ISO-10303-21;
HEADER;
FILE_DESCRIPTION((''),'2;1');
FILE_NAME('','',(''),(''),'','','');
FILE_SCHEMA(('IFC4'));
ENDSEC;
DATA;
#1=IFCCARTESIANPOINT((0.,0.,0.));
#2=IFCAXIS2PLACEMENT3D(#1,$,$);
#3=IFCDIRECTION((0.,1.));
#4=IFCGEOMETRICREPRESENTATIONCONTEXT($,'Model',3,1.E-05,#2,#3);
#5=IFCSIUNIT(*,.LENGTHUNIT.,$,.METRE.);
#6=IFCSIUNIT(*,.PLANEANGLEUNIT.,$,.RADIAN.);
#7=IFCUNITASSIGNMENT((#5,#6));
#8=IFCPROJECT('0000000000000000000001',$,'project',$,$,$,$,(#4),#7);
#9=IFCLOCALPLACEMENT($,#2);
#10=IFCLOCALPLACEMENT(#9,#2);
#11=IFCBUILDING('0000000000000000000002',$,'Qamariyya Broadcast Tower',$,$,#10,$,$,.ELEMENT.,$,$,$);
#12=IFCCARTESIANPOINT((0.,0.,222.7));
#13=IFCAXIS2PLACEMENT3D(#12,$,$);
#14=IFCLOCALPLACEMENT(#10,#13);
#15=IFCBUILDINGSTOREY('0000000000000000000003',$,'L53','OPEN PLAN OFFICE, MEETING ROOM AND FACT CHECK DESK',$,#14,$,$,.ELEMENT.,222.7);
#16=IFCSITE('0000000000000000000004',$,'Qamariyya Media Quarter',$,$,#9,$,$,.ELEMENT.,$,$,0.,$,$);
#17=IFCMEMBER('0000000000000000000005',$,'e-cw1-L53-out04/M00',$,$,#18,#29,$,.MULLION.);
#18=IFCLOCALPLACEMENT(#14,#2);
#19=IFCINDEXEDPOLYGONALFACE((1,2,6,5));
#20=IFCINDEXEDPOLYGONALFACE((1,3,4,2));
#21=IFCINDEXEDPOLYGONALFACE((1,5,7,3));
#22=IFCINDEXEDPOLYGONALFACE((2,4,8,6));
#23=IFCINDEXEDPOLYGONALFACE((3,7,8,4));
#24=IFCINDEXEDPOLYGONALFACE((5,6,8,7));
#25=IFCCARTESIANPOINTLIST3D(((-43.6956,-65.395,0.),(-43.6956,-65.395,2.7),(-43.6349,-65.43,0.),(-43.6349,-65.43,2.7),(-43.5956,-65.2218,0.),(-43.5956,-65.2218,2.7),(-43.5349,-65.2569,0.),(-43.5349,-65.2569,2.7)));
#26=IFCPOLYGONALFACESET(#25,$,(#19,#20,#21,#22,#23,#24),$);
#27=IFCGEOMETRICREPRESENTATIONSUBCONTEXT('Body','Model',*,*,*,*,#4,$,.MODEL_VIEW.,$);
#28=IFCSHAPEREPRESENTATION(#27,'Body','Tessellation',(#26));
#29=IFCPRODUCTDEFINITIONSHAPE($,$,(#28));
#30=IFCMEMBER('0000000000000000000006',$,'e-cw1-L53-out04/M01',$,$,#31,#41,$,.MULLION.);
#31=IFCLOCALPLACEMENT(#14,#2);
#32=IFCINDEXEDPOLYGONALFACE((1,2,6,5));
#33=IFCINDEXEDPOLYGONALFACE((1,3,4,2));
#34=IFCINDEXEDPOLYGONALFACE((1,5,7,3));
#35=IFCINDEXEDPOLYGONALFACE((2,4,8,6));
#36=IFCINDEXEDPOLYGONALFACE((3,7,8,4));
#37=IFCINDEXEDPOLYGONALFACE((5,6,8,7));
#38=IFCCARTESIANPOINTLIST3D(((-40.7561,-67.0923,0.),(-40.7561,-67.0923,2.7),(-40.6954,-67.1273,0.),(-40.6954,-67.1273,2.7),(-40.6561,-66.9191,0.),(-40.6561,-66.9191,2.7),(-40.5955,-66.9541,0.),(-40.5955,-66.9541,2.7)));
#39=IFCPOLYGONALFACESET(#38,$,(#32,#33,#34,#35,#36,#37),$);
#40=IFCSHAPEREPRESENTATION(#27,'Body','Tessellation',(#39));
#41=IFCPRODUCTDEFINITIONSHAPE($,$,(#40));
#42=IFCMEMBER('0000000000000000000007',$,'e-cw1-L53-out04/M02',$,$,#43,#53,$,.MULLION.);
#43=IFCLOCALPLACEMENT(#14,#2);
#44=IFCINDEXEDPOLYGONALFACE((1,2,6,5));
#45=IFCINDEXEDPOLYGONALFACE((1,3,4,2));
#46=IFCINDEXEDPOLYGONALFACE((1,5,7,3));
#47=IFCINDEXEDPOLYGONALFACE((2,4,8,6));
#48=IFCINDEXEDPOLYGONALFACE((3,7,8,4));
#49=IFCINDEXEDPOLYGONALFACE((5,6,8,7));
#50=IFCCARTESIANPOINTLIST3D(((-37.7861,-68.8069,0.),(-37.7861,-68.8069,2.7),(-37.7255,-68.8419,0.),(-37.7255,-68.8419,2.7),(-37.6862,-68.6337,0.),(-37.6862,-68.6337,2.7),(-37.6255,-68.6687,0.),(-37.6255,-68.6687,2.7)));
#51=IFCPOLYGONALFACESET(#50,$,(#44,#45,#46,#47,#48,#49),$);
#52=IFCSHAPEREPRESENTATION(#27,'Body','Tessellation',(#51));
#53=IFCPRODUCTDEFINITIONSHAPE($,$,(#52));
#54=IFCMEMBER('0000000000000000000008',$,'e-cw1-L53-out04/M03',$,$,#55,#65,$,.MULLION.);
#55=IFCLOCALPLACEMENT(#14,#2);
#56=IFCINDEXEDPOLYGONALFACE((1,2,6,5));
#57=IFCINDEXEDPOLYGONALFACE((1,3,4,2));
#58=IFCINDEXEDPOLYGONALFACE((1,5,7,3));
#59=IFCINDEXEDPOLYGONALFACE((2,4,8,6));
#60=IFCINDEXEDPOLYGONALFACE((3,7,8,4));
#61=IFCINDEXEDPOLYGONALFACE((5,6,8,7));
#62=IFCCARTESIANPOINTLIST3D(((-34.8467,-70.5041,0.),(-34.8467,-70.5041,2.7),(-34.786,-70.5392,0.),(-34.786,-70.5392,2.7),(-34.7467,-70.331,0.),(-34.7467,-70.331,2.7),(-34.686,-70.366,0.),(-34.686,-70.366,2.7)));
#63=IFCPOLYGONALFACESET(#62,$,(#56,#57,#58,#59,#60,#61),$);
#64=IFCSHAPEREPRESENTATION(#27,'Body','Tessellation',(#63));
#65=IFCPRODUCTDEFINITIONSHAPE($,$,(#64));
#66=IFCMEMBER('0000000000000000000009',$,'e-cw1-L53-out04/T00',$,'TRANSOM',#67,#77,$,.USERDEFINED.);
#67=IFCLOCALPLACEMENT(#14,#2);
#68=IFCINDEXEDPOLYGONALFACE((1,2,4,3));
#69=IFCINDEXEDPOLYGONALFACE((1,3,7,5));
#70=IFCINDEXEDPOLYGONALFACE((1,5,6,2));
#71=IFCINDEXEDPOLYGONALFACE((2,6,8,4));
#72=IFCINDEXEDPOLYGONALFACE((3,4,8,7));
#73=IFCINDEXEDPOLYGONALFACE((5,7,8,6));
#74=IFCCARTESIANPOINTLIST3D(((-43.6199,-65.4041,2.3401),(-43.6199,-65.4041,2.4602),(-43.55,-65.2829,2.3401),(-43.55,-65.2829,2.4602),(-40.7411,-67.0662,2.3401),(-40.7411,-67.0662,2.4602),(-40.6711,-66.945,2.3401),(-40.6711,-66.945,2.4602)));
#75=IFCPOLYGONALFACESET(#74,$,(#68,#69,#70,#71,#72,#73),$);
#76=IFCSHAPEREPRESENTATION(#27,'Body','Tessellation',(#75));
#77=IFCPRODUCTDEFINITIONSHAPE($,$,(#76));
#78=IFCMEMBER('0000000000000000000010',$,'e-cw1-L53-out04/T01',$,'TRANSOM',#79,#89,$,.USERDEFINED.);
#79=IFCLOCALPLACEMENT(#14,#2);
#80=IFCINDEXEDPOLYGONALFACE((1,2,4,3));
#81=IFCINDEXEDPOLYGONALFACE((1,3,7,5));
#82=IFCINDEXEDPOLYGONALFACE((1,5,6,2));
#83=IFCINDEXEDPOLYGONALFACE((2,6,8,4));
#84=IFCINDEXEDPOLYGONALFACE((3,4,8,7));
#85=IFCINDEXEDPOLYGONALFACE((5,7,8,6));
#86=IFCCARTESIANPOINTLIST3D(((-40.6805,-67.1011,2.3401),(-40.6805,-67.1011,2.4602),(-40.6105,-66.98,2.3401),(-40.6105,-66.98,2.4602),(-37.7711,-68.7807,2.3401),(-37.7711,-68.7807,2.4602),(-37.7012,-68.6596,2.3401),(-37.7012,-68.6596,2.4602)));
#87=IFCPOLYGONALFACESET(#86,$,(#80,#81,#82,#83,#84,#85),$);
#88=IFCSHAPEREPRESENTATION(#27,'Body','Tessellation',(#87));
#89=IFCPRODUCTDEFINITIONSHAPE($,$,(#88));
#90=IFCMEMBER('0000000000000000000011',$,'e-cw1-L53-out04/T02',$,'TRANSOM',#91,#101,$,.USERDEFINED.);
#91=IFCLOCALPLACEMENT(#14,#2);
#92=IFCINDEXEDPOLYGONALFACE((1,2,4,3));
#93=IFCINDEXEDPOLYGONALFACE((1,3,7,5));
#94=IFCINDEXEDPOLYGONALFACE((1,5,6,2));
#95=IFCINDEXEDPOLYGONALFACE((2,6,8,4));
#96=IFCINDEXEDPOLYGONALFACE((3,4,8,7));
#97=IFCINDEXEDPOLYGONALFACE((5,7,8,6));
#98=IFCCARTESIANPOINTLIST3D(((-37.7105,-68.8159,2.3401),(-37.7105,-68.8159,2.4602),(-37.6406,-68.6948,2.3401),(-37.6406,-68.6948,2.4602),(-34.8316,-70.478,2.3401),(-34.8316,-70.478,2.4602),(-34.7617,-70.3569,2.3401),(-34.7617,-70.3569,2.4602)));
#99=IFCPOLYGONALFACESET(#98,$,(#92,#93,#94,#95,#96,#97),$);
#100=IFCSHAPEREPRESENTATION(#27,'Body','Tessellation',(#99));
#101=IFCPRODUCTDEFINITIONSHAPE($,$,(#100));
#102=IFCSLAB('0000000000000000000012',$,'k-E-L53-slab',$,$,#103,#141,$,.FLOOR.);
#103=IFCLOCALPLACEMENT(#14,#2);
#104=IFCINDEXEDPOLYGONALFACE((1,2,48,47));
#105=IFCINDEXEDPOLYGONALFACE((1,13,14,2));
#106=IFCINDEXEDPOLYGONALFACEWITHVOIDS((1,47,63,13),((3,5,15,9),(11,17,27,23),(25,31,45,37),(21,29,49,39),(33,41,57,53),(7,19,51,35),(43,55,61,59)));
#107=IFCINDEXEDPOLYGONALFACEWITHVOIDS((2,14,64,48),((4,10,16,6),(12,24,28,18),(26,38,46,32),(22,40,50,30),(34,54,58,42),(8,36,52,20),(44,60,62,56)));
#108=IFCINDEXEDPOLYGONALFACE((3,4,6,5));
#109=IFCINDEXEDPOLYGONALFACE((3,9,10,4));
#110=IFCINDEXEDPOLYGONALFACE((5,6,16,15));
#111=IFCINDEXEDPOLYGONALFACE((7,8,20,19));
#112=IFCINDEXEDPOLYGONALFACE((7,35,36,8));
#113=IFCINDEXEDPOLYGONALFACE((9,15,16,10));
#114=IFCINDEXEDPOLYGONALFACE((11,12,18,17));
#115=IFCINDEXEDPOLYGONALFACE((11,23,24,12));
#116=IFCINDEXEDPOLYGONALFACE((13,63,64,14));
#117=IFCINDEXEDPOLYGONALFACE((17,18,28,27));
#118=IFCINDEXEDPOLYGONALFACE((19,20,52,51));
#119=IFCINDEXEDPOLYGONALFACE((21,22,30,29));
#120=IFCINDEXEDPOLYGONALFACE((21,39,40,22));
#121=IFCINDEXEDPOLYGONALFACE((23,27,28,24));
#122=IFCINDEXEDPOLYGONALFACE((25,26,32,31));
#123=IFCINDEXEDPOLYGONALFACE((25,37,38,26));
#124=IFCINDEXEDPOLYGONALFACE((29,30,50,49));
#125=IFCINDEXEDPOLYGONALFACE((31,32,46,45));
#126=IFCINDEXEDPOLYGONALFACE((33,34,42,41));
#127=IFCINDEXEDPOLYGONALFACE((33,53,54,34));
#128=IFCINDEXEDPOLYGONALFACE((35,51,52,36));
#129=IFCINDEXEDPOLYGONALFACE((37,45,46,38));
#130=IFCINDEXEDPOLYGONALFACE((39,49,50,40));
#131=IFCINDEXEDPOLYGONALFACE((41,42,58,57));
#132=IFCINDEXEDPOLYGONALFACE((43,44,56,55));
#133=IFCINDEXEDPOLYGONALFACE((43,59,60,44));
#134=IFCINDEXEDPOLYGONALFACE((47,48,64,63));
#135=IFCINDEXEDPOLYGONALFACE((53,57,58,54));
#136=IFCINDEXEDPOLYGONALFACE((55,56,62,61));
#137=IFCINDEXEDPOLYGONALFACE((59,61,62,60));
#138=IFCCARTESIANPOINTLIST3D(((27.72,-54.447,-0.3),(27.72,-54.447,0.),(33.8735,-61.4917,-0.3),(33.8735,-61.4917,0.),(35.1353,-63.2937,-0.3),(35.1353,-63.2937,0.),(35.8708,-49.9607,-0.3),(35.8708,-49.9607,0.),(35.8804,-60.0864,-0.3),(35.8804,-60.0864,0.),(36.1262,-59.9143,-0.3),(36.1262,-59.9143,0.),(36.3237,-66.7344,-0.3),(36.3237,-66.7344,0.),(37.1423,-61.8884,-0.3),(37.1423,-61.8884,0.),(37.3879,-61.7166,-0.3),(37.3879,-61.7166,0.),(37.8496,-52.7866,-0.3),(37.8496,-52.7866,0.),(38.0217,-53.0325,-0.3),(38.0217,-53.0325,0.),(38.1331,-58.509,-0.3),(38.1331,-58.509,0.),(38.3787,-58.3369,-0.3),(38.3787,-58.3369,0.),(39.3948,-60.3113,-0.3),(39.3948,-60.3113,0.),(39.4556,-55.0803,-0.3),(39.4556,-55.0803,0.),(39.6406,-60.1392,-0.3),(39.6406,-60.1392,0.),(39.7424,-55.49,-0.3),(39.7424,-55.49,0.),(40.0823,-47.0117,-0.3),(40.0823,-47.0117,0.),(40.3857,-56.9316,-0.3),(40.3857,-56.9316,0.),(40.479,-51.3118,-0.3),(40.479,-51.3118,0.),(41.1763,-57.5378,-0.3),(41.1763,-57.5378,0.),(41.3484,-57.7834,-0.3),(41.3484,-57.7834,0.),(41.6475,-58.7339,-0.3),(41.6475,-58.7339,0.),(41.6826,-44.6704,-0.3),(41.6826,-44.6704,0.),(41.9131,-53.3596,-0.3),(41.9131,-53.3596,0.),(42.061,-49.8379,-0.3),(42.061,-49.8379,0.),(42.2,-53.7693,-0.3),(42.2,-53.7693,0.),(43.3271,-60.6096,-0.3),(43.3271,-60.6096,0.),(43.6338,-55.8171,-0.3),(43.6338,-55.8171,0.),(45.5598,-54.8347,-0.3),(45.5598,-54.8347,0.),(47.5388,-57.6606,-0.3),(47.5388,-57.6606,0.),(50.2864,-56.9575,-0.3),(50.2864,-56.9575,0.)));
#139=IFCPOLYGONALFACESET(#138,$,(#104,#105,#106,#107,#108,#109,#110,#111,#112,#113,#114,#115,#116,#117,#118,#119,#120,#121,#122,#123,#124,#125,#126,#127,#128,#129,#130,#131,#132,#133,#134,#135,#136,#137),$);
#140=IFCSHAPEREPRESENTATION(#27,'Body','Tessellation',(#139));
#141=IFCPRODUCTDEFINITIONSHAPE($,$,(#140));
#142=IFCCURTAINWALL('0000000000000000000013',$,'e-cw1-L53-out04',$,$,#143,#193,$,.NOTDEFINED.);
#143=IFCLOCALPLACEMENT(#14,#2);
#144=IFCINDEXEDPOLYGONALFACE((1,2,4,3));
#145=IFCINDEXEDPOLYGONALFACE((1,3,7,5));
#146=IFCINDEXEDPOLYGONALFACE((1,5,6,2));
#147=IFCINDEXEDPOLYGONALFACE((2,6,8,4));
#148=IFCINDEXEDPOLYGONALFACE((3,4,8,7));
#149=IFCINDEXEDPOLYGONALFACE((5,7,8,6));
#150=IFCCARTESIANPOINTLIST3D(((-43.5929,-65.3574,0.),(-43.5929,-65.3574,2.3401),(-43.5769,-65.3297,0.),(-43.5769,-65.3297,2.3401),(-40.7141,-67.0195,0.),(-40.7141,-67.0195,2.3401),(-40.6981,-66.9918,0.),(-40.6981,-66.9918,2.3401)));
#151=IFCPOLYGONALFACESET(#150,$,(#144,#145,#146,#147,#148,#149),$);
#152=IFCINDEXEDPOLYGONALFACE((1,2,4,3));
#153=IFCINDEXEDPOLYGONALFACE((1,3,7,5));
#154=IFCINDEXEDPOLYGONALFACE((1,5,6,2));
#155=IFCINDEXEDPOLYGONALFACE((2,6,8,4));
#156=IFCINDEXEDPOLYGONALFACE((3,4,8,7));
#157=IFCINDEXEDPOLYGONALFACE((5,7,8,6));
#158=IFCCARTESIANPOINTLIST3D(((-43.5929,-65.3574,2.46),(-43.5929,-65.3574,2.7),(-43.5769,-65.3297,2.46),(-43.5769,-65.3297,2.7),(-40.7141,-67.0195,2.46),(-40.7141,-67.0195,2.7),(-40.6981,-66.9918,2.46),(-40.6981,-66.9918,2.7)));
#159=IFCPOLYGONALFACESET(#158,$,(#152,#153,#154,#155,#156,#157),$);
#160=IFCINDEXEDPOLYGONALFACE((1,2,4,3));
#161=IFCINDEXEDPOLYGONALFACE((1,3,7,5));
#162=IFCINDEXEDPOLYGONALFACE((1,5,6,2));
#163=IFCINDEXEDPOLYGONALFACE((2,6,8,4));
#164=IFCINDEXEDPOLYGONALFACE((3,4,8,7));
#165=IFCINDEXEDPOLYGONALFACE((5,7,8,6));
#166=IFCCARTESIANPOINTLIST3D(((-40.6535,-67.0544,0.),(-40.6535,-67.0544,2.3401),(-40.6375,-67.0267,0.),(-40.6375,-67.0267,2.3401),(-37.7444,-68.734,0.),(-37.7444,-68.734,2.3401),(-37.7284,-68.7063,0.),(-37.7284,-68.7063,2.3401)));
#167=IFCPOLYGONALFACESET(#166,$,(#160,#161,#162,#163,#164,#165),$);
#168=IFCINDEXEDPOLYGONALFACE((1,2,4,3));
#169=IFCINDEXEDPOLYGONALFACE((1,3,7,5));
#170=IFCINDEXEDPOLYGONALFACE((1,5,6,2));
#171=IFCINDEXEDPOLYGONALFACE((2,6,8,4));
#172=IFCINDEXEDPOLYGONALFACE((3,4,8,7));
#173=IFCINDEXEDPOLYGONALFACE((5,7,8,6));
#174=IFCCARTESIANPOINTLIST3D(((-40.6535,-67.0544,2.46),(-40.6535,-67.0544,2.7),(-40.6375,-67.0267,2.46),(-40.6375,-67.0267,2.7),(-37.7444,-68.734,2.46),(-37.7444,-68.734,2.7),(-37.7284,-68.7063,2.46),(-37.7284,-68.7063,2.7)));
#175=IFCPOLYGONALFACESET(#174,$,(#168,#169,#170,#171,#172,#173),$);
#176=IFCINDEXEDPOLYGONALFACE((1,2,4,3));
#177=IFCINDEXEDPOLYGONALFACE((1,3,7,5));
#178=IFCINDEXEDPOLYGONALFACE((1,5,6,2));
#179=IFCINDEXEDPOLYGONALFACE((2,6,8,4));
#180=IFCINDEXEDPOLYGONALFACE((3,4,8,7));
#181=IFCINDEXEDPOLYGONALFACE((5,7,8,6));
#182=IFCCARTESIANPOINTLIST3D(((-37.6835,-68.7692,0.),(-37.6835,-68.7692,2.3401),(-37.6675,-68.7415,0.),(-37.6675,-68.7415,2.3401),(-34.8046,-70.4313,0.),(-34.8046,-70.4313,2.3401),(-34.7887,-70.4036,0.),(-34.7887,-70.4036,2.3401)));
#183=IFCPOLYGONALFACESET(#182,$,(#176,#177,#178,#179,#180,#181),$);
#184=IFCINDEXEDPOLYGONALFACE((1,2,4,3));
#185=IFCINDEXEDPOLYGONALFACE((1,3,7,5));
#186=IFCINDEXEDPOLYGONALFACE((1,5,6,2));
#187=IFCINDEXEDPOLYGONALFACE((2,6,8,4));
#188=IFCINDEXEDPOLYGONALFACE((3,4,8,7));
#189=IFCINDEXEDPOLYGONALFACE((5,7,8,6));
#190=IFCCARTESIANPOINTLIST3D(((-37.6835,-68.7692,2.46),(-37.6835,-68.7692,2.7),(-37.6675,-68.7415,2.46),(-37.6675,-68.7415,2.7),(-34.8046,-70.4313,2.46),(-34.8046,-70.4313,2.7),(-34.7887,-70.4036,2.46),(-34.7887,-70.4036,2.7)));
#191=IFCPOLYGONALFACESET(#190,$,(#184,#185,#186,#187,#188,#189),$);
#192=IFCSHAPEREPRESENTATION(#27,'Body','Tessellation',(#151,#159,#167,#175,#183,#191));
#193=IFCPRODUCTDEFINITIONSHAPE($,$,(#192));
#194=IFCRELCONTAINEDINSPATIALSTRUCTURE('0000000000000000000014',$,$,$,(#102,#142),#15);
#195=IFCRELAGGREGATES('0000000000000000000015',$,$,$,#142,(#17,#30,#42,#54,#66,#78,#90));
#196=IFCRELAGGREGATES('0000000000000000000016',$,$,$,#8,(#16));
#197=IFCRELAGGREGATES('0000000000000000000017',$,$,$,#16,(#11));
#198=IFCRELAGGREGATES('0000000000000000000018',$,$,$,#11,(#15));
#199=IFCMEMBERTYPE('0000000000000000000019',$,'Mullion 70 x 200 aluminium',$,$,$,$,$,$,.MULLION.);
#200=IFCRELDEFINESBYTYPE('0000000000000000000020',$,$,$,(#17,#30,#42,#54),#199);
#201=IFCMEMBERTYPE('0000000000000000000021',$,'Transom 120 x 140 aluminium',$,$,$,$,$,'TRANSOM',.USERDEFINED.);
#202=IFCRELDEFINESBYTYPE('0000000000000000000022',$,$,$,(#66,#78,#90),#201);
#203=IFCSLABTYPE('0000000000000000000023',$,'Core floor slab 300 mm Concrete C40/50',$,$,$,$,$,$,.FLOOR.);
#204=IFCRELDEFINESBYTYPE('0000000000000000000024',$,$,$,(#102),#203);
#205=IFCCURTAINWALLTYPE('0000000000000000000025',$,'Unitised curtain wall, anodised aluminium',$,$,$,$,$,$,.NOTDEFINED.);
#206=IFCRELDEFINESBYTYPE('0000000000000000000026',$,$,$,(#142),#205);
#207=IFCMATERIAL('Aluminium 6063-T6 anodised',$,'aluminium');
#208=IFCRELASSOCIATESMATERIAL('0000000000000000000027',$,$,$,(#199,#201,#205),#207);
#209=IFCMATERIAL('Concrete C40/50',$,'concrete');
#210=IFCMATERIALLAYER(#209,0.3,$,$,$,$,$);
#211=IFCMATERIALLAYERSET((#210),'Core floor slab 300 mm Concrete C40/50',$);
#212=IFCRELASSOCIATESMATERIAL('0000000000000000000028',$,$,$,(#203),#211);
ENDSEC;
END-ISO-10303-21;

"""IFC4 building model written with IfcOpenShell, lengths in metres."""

from ifc_helpers import new_model, si_unit, direction, frame, origin, origin_2d, place, context, subcontext, project, spatial, polyline, rectangle, outline, extrude, material, layer, layer_set, material_profile, profile_set, type_object, element, aggregate, save


model = new_model("IFC4")

# Units and contexts
model_context = context("Model", 3, precision=1e-05, world=origin(), true_north=direction((0.0, 1.0)))
body_context = subcontext(model_context, "Body", "Model", "MODEL_VIEW")
ifc_project = project(units=[si_unit("LENGTHUNIT", "METRE"), si_unit("PLANEANGLEUNIT", "RADIAN")], contexts=[model_context])

# Members
ifc_material_1 = material(Name="Aluminium 6063-T6 anodised", Category="aluminium")
ifc_material_profile_1 = material_profile(ifc_material_1, rectangle(XDim=0.2, YDim=0.0701, at=origin_2d()))
ifc_profile_set_1 = profile_set([ifc_material_profile_1], Name="Aluminium 6063-T6 anodised")
member_type_1 = type_object("IfcMemberType", Name="Mullion 70 x 200 aluminium", PredefinedType="MULLION", material=ifc_profile_set_1)
site_placement = place(None, origin())
building_placement = place(site_placement, origin())
storey_placement = place(building_placement, frame((0.0, 0.0, 222.7)))
member_1_placement = place(storey_placement, frame((-43.6152, -65.3259, 0.0), z_axis=(0.0, 0.0, 1.0), x_axis=(0.5, 0.866025, 0.0)))
member_1 = element("IfcMember", 1, at=member_1_placement, type_object=member_type_1, Name="e-cw1-L53-out04/M00", PredefinedType="MULLION", context=body_context, shape_type="SweptSolid", body=[
    extrude(rectangle(XDim=0.2, YDim=0.0701, at=origin_2d()), origin(), (0.0, 0.0, 1.0), 2.7),
])
member_2_placement = place(storey_placement, frame((-40.6758, -67.0232, 0.0), z_axis=(0.0, 0.0, 1.0), x_axis=(0.5, 0.866025, 0.0)))
member_2 = element("IfcMember", 2, at=member_2_placement, type_object=member_type_1, Name="e-cw1-L53-out04/M01", PredefinedType="MULLION", context=body_context, shape_type="SweptSolid", body=[
    extrude(rectangle(XDim=0.2, YDim=0.0701, at=origin_2d()), origin(), (0.0, 0.0, 1.0), 2.7),
])
member_3_placement = place(storey_placement, frame((-37.7058, -68.7378, 0.0), z_axis=(0.0, 0.0, 1.0), x_axis=(0.5, 0.866025, 0.0)))
member_3 = element("IfcMember", 3, at=member_3_placement, type_object=member_type_1, Name="e-cw1-L53-out04/M02", PredefinedType="MULLION", context=body_context, shape_type="SweptSolid", body=[
    extrude(rectangle(XDim=0.2, YDim=0.0701, at=origin_2d()), origin(), (0.0, 0.0, 1.0), 2.7),
])
member_4_placement = place(storey_placement, frame((-34.7664, -70.4351, 0.0), z_axis=(0.0, 0.0, 1.0), x_axis=(0.5, 0.866025, 0.0)))
member_4 = element("IfcMember", 4, at=member_4_placement, type_object=member_type_1, Name="e-cw1-L53-out04/M03", PredefinedType="MULLION", context=body_context, shape_type="SweptSolid", body=[
    extrude(rectangle(XDim=0.2, YDim=0.0701, at=origin_2d()), origin(), (0.0, 0.0, 1.0), 2.7),
])
ifc_material_profile_2 = material_profile(ifc_material_1, rectangle(XDim=0.1399, YDim=0.1201, at=origin_2d()))
ifc_profile_set_2 = profile_set([ifc_material_profile_2], Name="Aluminium 6063-T6 anodised")
member_type_2 = type_object("IfcMemberType", Name="Transom 120 x 140 aluminium", ElementType="TRANSOM", PredefinedType="USERDEFINED", material=ifc_profile_set_2)
member_5_placement = place(storey_placement, frame((-43.585, -65.3435, 2.4001), z_axis=(0.866029, -0.499994, 0.0), x_axis=(0.499994, 0.866029, 0.0)))
member_5 = element("IfcMember", 5, at=member_5_placement, type_object=member_type_2, Name="e-cw1-L53-out04/T00", ObjectType="TRANSOM", PredefinedType="USERDEFINED", context=body_context, shape_type="SweptSolid", body=[
    extrude(rectangle(XDim=0.1399, YDim=0.1201, at=origin_2d()), origin(), (0.0, 0.0, 1.0), 3.3242),
])
member_6_placement = place(storey_placement, frame((-40.6455, -67.0405, 2.4001), z_axis=(0.866034, -0.499985, 0.0), x_axis=(0.499985, 0.866034, 0.0)))
member_6 = element("IfcMember", 6, at=member_6_placement, type_object=member_type_2, Name="e-cw1-L53-out04/T01", ObjectType="TRANSOM", PredefinedType="USERDEFINED", context=body_context, shape_type="SweptSolid", body=[
    extrude(rectangle(XDim=0.1399, YDim=0.1201, at=origin_2d()), origin(), (0.0, 0.0, 1.0), 3.3594),
])
member_7_placement = place(storey_placement, frame((-37.6755, -68.7554, 2.4001), z_axis=(0.866029, -0.499994, 0.0), x_axis=(0.499994, 0.866029, 0.0)))
member_7 = element("IfcMember", 7, at=member_7_placement, type_object=member_type_2, Name="e-cw1-L53-out04/T02", ObjectType="TRANSOM", PredefinedType="USERDEFINED", context=body_context, shape_type="SweptSolid", body=[
    extrude(rectangle(XDim=0.1399, YDim=0.1201, at=origin_2d()), origin(), (0.0, 0.0, 1.0), 3.3242),
])

# Site, building, storey
site = spatial("IfcSite", under=ifc_project, at=site_placement, Name="Qamariyya Media Quarter", CompositionType="ELEMENT", RefElevation=0.0)
building = spatial("IfcBuilding", under=site, at=building_placement, Name="Qamariyya Broadcast Tower", CompositionType="ELEMENT")
storey = spatial("IfcBuildingStorey", under=building, at=storey_placement, Name="L53", Description="OPEN PLAN OFFICE, MEETING ROOM AND FACT CHECK DESK", CompositionType="ELEMENT", Elevation=222.7)

# Slab
ifc_material_2 = material(Name="Concrete C40/50", Category="concrete")
ifc_layer_1 = layer(ifc_material_2, 0.3)
ifc_layer_set_1 = layer_set([ifc_layer_1], Name="Core floor slab 300 mm Concrete C40/50")
slab_type_1 = type_object("IfcSlabType", Name="Core floor slab 300 mm Concrete C40/50", PredefinedType="FLOOR", material=ifc_layer_set_1)
slab_1_placement = place(storey_placement, frame((0.0, 0.0, -0.3)))
element("IfcSlab", 8, at=slab_1_placement, inside=storey, type_object=slab_type_1, Name="k-E-L53-slab", PredefinedType="FLOOR", context=body_context, shape_type="SweptSolid", body=[
    extrude(outline(polyline([(36.3237, -66.7344), (50.2864, -56.9575), (41.6826, -44.6704), (27.72, -54.447), (36.3237, -66.7344)]), holes=[polyline([(33.8735, -61.4917), (35.8804, -60.0864), (37.1423, -61.8884), (35.1353, -63.2937), (33.8735, -61.4917)]), polyline([(36.1262, -59.9143), (38.1331, -58.509), (39.3948, -60.3113), (37.3879, -61.7166), (36.1262, -59.9143)]), polyline([(38.3787, -58.3369), (40.3857, -56.9316), (41.6475, -58.7339), (39.6406, -60.1392), (38.3787, -58.3369)]), polyline([(39.7424, -55.49), (42.2, -53.7693), (43.6338, -55.8171), (41.1763, -57.5378), (39.7424, -55.49)]), polyline([(39.4556, -55.0803), (41.9131, -53.3596), (40.479, -51.3118), (38.0217, -53.0325), (39.4556, -55.0803)]), polyline([(40.0823, -47.0117), (35.8708, -49.9607), (37.8496, -52.7866), (42.061, -49.8379), (40.0823, -47.0117)]), polyline([(45.5598, -54.8347), (41.3484, -57.7834), (43.3271, -60.6096), (47.5388, -57.6606), (45.5598, -54.8347)])]), origin(), (0.0, 0.0, 1.0), 0.3),
])

# Curtain wall
curtain_wall_type = type_object("IfcCurtainWallType", Name="Unitised curtain wall, anodised aluminium", PredefinedType="NOTDEFINED", material=ifc_material_1)
curtain_wall_1_placement = place(storey_placement, origin())
curtain_wall_1 = element("IfcCurtainWall", 9, at=curtain_wall_1_placement, inside=storey, type_object=curtain_wall_type, Name="e-cw1-L53-out04", PredefinedType="NOTDEFINED", context=body_context, shape_type="SweptSolid", body=[
    extrude(rectangle(XDim=3.3242, YDim=0.032, at=origin_2d()), frame((-42.1455, -66.1746, 0.0), x_axis=(0.866028, -0.499996, 0.0)), (0.0, 0.0, 1.0), 2.3401),
    extrude(rectangle(XDim=3.3242, YDim=0.032, at=origin_2d()), frame((-42.1455, -66.1746, 2.46), x_axis=(0.866028, -0.499996, 0.0)), (0.0, 0.0, 1.0), 0.24),
    extrude(rectangle(XDim=3.3591, YDim=0.032, at=origin_2d()), frame((-39.1909, -67.8804, 0.0), x_axis=(0.866028, -0.499996, 0.0)), (0.0, 0.0, 1.0), 2.3401),
    extrude(rectangle(XDim=3.3591, YDim=0.032, at=origin_2d()), frame((-39.1909, -67.8804, 2.46), x_axis=(0.866028, -0.499996, 0.0)), (0.0, 0.0, 1.0), 0.24),
    extrude(rectangle(XDim=3.3242, YDim=0.032, at=origin_2d()), frame((-36.2361, -69.5864, 0.0), x_axis=(0.866028, -0.499996, 0.0)), (0.0, 0.0, 1.0), 2.3401),
    extrude(rectangle(XDim=3.3242, YDim=0.032, at=origin_2d()), frame((-36.2361, -69.5864, 2.46), x_axis=(0.866028, -0.499996, 0.0)), (0.0, 0.0, 1.0), 0.24),
])
aggregate(curtain_wall_1, [member_1, member_2, member_3, member_4, member_5, member_6, member_7])

save(model, "model.ifc")
